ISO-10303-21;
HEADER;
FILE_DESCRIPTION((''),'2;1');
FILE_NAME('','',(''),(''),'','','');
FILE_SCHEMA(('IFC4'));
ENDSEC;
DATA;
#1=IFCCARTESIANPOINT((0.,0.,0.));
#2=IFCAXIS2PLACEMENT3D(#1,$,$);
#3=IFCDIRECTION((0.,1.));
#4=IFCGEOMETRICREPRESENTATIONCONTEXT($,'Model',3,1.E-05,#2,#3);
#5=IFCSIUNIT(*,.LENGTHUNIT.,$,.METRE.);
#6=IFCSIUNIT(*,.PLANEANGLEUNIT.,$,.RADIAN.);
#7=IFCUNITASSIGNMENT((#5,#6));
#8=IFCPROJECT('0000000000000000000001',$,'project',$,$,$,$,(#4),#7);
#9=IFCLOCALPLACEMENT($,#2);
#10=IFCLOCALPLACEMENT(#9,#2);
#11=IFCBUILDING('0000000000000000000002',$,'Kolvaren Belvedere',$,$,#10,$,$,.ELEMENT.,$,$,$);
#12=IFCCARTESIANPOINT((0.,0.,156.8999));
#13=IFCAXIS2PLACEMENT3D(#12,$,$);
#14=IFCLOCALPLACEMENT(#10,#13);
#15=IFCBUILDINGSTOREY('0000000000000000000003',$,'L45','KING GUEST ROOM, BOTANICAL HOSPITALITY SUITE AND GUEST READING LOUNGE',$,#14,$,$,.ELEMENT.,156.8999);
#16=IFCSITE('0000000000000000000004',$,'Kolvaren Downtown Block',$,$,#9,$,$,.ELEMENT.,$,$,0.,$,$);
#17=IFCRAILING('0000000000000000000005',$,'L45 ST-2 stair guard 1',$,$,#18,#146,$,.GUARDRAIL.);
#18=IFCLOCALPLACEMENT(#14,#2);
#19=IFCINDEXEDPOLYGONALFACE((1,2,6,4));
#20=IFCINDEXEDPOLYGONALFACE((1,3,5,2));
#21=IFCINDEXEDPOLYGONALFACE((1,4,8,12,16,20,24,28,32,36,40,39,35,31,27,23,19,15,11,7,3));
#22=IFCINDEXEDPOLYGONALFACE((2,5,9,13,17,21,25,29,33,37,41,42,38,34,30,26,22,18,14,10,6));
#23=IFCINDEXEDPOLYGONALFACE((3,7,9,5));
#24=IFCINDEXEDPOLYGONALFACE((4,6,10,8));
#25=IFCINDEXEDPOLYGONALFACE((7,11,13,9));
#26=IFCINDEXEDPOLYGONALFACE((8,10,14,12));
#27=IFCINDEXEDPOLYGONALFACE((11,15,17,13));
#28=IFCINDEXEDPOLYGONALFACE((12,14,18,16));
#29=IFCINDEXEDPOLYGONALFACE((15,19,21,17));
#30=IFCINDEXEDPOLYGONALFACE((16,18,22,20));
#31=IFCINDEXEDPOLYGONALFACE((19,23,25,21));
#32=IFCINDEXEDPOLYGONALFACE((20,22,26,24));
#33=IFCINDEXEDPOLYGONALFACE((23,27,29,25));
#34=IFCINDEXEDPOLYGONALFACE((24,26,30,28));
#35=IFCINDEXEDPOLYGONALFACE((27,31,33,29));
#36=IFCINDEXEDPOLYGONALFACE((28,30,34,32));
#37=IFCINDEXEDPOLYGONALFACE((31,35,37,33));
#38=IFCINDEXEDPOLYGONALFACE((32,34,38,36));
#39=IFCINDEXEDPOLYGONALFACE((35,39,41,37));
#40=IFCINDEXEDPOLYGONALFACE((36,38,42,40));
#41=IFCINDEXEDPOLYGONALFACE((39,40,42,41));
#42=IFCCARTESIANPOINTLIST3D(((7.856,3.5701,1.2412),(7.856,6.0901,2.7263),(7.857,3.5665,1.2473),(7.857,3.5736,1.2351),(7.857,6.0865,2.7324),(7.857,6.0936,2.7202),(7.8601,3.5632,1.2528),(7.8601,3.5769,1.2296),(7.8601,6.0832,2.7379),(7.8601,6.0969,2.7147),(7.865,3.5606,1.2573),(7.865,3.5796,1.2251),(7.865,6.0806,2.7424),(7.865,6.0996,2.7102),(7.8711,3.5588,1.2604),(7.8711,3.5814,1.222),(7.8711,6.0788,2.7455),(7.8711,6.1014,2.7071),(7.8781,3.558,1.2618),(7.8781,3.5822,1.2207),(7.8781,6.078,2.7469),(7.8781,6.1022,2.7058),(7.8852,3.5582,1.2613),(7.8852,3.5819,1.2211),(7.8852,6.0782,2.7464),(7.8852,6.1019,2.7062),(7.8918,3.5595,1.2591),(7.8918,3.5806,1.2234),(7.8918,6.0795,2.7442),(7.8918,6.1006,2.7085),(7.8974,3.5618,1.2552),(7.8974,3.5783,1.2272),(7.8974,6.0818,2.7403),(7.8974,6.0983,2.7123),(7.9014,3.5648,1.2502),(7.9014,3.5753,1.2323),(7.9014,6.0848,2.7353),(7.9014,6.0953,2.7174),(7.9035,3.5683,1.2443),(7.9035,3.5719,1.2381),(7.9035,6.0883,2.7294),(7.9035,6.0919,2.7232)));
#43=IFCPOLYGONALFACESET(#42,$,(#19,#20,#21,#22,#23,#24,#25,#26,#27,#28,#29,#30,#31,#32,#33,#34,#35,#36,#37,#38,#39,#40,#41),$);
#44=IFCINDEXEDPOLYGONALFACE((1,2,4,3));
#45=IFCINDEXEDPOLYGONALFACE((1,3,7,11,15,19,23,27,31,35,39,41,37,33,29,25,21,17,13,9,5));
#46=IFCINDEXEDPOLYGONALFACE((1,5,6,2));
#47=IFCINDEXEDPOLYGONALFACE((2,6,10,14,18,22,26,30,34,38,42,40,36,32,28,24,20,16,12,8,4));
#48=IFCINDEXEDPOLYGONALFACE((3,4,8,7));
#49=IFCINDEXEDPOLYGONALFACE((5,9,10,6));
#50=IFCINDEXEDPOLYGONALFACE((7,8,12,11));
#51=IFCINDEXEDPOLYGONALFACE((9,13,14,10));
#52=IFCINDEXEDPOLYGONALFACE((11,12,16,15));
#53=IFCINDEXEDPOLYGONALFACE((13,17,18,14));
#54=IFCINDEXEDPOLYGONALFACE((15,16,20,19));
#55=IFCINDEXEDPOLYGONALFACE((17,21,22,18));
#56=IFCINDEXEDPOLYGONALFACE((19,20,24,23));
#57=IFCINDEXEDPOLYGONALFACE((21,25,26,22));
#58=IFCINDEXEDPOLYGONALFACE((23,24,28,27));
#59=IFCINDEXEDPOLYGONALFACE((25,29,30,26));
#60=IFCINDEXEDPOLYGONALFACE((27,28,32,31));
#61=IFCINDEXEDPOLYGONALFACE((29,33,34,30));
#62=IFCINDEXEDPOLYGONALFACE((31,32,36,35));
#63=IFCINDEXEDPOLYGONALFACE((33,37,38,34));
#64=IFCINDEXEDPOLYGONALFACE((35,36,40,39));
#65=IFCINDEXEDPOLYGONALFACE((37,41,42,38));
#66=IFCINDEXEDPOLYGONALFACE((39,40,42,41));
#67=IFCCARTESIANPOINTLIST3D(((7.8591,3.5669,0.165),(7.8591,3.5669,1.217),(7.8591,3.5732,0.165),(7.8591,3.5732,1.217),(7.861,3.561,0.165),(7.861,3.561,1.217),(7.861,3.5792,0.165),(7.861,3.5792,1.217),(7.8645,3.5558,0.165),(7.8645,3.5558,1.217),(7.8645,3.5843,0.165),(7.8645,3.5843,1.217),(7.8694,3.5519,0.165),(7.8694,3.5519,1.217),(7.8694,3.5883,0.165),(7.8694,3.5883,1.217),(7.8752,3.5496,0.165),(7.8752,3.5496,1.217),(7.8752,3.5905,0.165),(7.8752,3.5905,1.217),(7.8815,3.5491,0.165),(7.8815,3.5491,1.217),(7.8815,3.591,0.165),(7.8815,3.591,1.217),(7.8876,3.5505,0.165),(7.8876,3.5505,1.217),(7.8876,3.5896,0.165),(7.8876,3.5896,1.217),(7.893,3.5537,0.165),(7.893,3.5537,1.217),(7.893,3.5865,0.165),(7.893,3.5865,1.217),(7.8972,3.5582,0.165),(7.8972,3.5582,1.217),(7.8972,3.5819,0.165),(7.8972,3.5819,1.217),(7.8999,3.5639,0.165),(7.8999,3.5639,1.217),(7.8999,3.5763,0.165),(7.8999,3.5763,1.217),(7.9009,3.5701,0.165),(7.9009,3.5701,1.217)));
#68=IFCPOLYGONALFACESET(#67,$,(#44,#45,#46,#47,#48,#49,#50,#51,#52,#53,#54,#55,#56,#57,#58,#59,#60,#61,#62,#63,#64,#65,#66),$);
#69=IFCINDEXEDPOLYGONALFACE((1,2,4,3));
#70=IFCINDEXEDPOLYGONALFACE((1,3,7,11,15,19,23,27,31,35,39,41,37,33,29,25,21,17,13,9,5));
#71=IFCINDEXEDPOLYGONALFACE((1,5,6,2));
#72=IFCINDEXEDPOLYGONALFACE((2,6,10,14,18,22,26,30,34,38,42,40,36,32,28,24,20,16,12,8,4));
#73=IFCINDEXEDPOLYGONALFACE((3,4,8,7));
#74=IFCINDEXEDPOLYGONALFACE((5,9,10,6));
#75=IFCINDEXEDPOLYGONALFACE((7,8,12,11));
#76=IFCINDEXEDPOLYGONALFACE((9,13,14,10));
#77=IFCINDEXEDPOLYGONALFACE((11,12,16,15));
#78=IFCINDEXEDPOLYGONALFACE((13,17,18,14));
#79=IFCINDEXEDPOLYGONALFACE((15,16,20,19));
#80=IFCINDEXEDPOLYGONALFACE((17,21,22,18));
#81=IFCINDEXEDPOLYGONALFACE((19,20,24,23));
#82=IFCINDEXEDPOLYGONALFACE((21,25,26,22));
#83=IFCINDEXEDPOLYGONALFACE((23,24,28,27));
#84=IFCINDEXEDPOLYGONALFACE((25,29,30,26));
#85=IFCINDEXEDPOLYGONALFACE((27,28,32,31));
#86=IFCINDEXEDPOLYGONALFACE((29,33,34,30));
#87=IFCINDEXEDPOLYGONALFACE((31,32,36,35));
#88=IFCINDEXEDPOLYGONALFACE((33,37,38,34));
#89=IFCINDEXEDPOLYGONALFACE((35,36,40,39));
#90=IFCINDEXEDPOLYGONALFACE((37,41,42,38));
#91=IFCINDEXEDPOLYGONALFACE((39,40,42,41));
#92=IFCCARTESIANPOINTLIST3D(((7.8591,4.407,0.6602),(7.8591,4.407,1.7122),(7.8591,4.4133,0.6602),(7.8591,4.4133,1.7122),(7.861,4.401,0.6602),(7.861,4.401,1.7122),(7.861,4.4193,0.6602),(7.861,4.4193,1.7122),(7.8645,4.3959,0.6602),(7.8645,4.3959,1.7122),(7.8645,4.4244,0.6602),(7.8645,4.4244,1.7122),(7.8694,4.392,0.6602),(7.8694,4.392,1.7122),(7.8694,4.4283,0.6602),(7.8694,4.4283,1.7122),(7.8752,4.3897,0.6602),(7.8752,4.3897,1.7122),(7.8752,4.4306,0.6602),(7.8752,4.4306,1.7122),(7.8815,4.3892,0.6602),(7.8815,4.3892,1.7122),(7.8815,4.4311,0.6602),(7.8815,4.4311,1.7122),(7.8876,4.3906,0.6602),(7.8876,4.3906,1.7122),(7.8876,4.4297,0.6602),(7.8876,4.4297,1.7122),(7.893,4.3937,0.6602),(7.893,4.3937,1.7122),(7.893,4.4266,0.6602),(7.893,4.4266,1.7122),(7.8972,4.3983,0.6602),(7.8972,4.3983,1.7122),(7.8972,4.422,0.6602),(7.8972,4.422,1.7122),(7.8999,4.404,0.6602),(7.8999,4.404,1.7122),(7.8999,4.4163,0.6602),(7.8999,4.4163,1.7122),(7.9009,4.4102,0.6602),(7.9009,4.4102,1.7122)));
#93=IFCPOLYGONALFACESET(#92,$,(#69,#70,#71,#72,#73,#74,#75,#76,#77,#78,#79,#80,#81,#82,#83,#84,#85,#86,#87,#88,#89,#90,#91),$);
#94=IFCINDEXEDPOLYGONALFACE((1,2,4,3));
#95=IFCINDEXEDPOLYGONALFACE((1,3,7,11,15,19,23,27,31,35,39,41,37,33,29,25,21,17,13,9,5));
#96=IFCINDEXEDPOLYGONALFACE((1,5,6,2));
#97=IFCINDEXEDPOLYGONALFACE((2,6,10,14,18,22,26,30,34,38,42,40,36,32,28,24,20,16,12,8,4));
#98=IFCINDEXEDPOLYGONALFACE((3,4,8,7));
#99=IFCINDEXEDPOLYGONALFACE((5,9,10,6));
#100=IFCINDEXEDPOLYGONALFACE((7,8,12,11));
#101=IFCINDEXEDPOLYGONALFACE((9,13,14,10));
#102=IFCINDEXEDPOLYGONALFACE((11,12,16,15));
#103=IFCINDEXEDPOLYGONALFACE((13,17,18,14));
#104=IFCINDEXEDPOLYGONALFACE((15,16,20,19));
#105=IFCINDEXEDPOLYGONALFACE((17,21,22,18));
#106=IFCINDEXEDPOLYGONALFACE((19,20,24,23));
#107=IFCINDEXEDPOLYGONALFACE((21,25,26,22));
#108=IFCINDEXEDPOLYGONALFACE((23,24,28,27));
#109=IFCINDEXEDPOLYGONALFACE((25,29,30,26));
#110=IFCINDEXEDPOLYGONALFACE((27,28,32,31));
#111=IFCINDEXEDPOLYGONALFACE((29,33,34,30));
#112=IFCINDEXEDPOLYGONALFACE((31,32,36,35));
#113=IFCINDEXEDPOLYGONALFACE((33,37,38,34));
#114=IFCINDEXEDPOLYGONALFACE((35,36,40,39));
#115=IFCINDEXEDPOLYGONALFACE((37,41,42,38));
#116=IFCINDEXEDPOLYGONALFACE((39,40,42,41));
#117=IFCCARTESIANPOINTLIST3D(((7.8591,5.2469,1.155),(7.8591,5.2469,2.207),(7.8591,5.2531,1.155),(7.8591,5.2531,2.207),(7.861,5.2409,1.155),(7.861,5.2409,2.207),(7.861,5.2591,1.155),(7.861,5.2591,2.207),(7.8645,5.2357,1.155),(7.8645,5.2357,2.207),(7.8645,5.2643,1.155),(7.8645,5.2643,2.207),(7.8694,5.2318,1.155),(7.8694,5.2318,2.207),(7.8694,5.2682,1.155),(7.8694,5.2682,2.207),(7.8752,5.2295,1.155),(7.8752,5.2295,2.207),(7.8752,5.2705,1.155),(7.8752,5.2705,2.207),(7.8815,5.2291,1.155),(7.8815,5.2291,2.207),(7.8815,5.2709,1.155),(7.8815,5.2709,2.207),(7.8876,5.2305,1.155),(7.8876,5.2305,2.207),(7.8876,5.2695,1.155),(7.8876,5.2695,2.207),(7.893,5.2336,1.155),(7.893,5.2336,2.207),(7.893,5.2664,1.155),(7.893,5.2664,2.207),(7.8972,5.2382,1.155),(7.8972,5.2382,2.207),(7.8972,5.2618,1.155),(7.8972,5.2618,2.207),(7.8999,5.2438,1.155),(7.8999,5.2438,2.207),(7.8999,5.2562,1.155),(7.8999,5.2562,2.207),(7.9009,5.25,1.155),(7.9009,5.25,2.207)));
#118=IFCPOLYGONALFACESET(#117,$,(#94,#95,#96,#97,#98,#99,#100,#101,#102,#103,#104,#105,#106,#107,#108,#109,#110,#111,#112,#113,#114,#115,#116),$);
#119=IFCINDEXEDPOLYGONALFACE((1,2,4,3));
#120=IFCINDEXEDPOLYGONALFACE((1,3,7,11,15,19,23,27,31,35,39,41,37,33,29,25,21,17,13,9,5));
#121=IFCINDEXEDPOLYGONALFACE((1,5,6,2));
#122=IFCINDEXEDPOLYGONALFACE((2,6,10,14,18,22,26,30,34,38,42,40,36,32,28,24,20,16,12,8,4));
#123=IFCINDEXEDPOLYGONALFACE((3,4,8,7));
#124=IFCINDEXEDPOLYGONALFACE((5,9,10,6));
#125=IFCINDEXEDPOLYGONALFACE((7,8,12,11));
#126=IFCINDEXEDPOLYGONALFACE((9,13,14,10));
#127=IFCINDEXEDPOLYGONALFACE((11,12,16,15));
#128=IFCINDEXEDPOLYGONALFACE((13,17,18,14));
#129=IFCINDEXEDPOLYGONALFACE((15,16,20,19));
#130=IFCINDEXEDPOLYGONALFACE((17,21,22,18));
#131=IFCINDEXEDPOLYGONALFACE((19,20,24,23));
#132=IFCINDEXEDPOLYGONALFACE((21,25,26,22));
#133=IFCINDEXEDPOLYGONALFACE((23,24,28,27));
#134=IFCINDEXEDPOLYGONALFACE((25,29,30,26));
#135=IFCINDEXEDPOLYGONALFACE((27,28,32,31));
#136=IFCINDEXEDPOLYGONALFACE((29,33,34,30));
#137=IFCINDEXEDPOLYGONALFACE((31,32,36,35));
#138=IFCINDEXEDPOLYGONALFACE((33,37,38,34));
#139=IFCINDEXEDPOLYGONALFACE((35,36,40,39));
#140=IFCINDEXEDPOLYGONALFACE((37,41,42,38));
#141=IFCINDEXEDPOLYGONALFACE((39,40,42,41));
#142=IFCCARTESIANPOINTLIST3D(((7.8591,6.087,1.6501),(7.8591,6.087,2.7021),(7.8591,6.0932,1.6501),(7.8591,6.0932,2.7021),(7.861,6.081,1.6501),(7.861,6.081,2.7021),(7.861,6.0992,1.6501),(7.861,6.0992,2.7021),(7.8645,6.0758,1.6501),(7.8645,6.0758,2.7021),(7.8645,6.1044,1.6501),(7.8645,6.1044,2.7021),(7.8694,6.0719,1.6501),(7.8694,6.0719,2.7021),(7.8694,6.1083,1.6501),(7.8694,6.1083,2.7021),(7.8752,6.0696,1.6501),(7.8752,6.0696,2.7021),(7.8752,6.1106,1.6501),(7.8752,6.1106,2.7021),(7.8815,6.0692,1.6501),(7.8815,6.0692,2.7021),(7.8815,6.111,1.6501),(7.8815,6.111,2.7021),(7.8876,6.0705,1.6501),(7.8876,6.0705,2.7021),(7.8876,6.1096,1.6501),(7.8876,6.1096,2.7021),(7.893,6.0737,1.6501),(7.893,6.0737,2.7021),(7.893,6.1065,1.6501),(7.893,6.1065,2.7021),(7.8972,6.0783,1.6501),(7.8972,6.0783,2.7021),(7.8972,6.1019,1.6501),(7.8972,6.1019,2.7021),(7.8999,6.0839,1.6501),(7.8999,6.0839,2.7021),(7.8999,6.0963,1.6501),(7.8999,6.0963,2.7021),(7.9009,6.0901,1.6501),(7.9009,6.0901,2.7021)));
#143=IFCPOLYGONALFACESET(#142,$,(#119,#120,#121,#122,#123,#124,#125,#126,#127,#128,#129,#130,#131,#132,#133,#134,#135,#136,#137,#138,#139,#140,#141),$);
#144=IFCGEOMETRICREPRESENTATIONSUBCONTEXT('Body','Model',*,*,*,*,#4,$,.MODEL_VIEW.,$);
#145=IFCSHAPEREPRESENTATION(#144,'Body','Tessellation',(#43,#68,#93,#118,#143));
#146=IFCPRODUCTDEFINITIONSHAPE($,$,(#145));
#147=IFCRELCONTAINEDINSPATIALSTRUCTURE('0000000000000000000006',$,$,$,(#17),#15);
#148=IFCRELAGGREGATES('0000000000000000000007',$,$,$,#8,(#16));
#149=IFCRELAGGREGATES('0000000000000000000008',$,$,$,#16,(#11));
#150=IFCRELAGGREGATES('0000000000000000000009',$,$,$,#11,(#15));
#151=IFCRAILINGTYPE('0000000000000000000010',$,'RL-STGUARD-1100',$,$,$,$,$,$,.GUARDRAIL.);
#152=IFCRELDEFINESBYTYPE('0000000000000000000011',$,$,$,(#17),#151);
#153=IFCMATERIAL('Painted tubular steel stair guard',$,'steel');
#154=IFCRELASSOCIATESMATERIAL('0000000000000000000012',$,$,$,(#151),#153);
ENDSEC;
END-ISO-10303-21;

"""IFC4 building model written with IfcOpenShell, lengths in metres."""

from ifc_helpers import new_model, si_unit, direction, frame, origin, origin_2d, place, context, subcontext, project, spatial, circle, extrude, material, type_object, element, save


model = new_model("IFC4")

# Units and contexts
model_context = context("Model", 3, precision=1e-05, world=origin(), true_north=direction((0.0, 1.0)))
body_context = subcontext(model_context, "Body", "Model", "MODEL_VIEW")
ifc_project = project(units=[si_unit("LENGTHUNIT", "METRE"), si_unit("PLANEANGLEUNIT", "RADIAN")], contexts=[model_context])

# Site, building, storey
site_placement = place(None, origin())
site = spatial("IfcSite", under=ifc_project, at=site_placement, Name="Kolvaren Downtown Block", CompositionType="ELEMENT", RefElevation=0.0)
building_placement = place(site_placement, origin())
building = spatial("IfcBuilding", under=site, at=building_placement, Name="Kolvaren Belvedere", CompositionType="ELEMENT")
storey_placement = place(building_placement, frame((0.0, 0.0, 156.8999)))
storey = spatial("IfcBuildingStorey", under=building, at=storey_placement, Name="L45", Description="KING GUEST ROOM, BOTANICAL HOSPITALITY SUITE AND GUEST READING LOUNGE", CompositionType="ELEMENT", Elevation=156.8999)

# Railing
ifc_material_1 = material(Name="Painted tubular steel stair guard", Category="steel")
railing_type_1 = type_object("IfcRailingType", Name="RL-STGUARD-1100", PredefinedType="GUARDRAIL", material=ifc_material_1)
railing_1_placement = place(storey_placement, frame((7.8799, 3.5701, 0.165)))
element("IfcRailing", 1, at=railing_1_placement, inside=storey, type_object=railing_type_1, Name="L45 ST-2 stair guard 1", PredefinedType="GUARDRAIL", context=body_context, shape_type="SweptSolid", body=[
    extrude(circle(Radius=0.0239, at=origin_2d()), frame((0.0, 0.0, 1.0762), z_axis=(0.0, 0.861524, 0.507717), x_axis=(-1.0, 0.0, 0.0)), (0.0, 0.0, 1.0), 2.925),
    extrude(circle(Radius=0.021, at=origin_2d()), origin(), (0.0, 0.0, 1.0), 1.052),
    extrude(circle(Radius=0.021, at=origin_2d()), frame((0.0, 0.8401, 0.4951)), (0.0, 0.0, 1.0), 1.052),
    extrude(circle(Radius=0.021, at=origin_2d()), frame((0.0, 1.6799, 0.99)), (0.0, 0.0, 1.0), 1.052),
    extrude(circle(Radius=0.021, at=origin_2d()), frame((0.0, 2.52, 1.4851)), (0.0, 0.0, 1.0), 1.052),
])

save(model, "model.ifc")
